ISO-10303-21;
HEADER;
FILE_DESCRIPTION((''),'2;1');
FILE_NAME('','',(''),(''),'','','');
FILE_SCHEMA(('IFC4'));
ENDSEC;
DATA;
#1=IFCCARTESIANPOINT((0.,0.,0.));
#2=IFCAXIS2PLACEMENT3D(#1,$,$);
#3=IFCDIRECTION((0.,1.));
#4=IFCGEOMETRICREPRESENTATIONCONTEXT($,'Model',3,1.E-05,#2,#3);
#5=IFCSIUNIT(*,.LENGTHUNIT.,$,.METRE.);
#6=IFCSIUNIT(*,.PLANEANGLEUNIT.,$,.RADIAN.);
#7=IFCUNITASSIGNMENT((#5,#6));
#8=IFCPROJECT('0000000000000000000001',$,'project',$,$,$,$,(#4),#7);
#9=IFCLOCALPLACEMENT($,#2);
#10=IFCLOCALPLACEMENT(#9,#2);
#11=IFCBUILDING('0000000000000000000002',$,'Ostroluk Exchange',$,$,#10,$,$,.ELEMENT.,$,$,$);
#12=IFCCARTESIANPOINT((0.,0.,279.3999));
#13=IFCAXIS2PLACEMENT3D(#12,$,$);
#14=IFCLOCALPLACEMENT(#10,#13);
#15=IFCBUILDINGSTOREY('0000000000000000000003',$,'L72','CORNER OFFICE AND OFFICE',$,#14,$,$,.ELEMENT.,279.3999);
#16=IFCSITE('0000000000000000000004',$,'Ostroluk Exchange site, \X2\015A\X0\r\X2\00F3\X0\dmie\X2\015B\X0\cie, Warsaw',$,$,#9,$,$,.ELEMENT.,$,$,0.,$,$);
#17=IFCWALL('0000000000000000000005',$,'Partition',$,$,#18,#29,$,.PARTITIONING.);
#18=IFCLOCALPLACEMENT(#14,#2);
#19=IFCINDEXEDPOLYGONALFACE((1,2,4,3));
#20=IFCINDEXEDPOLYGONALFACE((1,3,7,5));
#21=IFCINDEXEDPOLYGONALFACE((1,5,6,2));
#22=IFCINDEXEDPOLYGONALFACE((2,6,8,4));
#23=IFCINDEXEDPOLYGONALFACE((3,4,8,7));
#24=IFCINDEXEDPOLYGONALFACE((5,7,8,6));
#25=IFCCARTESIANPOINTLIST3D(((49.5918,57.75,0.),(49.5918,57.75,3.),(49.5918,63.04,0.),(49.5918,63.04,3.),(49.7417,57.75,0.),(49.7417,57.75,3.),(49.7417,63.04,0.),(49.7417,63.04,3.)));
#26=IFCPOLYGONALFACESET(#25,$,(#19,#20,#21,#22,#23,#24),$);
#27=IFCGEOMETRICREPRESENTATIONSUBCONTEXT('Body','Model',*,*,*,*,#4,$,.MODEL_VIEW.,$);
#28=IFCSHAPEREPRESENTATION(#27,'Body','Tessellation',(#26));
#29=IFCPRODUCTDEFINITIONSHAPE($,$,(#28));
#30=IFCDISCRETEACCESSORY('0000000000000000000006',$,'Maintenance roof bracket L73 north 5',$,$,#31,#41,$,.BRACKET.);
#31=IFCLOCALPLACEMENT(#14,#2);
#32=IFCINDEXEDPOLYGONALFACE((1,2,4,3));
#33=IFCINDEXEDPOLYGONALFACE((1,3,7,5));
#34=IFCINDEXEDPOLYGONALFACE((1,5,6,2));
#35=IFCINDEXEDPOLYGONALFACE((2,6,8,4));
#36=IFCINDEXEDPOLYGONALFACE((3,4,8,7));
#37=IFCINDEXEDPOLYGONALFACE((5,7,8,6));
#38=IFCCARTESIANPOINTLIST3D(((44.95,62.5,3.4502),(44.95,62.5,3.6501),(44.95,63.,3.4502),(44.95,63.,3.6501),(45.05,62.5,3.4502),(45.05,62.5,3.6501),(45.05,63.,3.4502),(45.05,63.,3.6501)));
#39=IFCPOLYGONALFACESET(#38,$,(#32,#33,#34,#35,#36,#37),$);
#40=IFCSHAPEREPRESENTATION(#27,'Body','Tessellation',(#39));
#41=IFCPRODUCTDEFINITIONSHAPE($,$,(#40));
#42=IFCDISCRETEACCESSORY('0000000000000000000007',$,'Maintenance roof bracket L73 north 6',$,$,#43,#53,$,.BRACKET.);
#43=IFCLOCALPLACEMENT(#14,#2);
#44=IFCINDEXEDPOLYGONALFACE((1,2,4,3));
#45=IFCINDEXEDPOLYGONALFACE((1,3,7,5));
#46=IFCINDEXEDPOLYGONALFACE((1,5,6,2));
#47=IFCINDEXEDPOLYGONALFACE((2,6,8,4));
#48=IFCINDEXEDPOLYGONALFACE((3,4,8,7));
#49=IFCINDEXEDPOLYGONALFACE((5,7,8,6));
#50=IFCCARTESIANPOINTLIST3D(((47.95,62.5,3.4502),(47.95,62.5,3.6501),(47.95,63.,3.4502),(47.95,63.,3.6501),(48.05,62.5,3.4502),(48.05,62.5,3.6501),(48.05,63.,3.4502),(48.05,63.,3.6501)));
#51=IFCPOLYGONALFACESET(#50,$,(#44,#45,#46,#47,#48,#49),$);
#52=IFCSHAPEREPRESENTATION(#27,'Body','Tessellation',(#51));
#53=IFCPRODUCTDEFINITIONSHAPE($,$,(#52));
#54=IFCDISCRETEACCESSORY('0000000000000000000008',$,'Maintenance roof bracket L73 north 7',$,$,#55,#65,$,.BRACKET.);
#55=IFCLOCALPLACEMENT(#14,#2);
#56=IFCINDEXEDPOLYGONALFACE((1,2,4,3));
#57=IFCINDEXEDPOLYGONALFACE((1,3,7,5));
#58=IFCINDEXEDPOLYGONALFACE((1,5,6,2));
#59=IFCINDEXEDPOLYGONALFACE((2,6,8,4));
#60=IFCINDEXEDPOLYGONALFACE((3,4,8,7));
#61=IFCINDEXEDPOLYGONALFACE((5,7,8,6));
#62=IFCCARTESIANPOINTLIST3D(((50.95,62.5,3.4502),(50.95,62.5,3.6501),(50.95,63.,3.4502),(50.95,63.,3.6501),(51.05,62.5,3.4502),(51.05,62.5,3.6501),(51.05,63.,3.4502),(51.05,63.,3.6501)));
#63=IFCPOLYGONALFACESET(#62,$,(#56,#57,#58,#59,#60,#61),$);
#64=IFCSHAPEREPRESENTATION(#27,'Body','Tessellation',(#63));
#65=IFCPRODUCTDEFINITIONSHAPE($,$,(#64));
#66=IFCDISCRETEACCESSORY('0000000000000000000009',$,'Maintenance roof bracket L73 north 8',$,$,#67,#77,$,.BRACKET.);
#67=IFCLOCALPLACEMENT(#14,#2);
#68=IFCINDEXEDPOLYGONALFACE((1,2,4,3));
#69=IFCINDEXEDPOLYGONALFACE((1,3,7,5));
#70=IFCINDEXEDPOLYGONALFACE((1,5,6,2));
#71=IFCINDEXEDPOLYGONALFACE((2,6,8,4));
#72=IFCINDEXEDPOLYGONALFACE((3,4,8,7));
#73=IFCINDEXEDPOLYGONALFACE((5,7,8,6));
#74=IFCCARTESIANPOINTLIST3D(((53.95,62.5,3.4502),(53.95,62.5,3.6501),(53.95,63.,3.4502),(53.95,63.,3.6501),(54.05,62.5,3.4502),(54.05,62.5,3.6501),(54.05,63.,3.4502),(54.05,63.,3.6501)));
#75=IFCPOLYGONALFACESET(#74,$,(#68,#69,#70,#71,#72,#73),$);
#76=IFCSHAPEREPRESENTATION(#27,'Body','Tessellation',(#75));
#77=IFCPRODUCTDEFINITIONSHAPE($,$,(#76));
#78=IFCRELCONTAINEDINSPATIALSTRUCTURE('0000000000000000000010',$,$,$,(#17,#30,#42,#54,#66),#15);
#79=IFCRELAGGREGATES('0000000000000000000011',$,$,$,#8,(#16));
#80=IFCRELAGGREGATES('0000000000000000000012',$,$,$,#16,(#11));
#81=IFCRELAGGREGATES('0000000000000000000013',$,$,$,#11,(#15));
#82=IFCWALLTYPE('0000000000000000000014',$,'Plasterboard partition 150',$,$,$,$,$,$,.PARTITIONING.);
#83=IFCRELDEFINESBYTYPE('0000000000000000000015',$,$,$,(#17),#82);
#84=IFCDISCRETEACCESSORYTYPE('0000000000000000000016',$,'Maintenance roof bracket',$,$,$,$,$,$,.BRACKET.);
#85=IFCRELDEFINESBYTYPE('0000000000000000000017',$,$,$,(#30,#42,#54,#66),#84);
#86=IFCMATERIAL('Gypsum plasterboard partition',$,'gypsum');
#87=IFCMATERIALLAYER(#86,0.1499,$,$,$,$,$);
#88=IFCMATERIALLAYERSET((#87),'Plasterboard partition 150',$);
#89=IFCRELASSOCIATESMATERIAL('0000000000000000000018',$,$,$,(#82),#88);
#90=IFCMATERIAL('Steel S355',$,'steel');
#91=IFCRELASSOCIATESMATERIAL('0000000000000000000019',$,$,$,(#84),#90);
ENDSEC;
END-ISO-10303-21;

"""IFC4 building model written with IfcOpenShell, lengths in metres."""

from ifc_helpers import new_model, si_unit, direction, frame, frame_2d, origin, origin_2d, place, context, subcontext, project, spatial, rectangle, extrude, material, layer, layer_set, type_object, element, save


model = new_model("IFC4")

# Units and contexts
model_context = context("Model", 3, precision=1e-05, world=origin(), true_north=direction((0.0, 1.0)))
body_context = subcontext(model_context, "Body", "Model", "MODEL_VIEW")
ifc_project = project(units=[si_unit("LENGTHUNIT", "METRE"), si_unit("PLANEANGLEUNIT", "RADIAN")], contexts=[model_context])

# Site, building, storey
site_placement = place(None, origin())
site = spatial("IfcSite", under=ifc_project, at=site_placement, Name="Ostroluk Exchange site, Śródmieście, Warsaw", CompositionType="ELEMENT", RefElevation=0.0)
building_placement = place(site_placement, origin())
building = spatial("IfcBuilding", under=site, at=building_placement, Name="Ostroluk Exchange", CompositionType="ELEMENT")
storey_placement = place(building_placement, frame((0.0, 0.0, 279.3999)))
storey = spatial("IfcBuildingStorey", under=building, at=storey_placement, Name="L72", Description="CORNER OFFICE AND OFFICE", CompositionType="ELEMENT", Elevation=279.3999)

# Shared definitions
ifc_material_1 = material(Name="Gypsum plasterboard partition", Category="gypsum")
ifc_layer_1 = layer(ifc_material_1, 0.1499)
ifc_layer_set_1 = layer_set([ifc_layer_1], Name="Plasterboard partition 150")
wall_type = type_object("IfcWallType", Name="Plasterboard partition 150", PredefinedType="PARTITIONING", material=ifc_layer_set_1)

# Wall
wall_1_placement = place(storey_placement, frame((49.6667, 57.75, 0.0), z_axis=(0.0, 0.0, 1.0), x_axis=(0.0, 1.0, 0.0)))
element("IfcWall", 1, at=wall_1_placement, inside=storey, type_object=wall_type, Name="Partition", PredefinedType="PARTITIONING", context=body_context, shape_type="SweptSolid", body=[
    extrude(rectangle(XDim=5.29, YDim=0.1499, at=frame_2d((2.645, 0.0))), origin(), (0.0, 0.0, 1.0), 3.0),
])

# Discrete accessories
ifc_material_2 = material(Name="Steel S355", Category="steel")
discrete_accessory_type = type_object("IfcDiscreteAccessoryType", Name="Maintenance roof bracket", PredefinedType="BRACKET", material=ifc_material_2)
for number, where, z_axis, x_axis, name in (
    (2, (45.0, 62.75, 3.4502), (0.0, 0.0, 1.0), (1.0, 0.0, 0.0), "Maintenance roof bracket L73 north 5"),
    (3, (48.0, 62.75, 3.4502), (0.0, 0.0, 1.0), (1.0, 0.0, 0.0), "Maintenance roof bracket L73 north 6"),
    (4, (51.0, 62.75, 3.4502), (0.0, 0.0, 1.0), (1.0, 0.0, 0.0), "Maintenance roof bracket L73 north 7"),
    (5, (54.0, 62.75, 3.4502), (0.0, 0.0, 1.0), (1.0, 0.0, 0.0), "Maintenance roof bracket L73 north 8"),
):
    element("IfcDiscreteAccessory", number, at=place(storey_placement, frame(where, z_axis=z_axis, x_axis=x_axis)), inside=storey, type_object=discrete_accessory_type, Name=name, PredefinedType="BRACKET", context=body_context, shape_type="SweptSolid", body=[
        extrude(rectangle(XDim=0.1001, YDim=0.5, at=origin_2d()), origin(), (0.0, 0.0, 1.0), 0.2),
    ])

save(model, "model.ifc")
